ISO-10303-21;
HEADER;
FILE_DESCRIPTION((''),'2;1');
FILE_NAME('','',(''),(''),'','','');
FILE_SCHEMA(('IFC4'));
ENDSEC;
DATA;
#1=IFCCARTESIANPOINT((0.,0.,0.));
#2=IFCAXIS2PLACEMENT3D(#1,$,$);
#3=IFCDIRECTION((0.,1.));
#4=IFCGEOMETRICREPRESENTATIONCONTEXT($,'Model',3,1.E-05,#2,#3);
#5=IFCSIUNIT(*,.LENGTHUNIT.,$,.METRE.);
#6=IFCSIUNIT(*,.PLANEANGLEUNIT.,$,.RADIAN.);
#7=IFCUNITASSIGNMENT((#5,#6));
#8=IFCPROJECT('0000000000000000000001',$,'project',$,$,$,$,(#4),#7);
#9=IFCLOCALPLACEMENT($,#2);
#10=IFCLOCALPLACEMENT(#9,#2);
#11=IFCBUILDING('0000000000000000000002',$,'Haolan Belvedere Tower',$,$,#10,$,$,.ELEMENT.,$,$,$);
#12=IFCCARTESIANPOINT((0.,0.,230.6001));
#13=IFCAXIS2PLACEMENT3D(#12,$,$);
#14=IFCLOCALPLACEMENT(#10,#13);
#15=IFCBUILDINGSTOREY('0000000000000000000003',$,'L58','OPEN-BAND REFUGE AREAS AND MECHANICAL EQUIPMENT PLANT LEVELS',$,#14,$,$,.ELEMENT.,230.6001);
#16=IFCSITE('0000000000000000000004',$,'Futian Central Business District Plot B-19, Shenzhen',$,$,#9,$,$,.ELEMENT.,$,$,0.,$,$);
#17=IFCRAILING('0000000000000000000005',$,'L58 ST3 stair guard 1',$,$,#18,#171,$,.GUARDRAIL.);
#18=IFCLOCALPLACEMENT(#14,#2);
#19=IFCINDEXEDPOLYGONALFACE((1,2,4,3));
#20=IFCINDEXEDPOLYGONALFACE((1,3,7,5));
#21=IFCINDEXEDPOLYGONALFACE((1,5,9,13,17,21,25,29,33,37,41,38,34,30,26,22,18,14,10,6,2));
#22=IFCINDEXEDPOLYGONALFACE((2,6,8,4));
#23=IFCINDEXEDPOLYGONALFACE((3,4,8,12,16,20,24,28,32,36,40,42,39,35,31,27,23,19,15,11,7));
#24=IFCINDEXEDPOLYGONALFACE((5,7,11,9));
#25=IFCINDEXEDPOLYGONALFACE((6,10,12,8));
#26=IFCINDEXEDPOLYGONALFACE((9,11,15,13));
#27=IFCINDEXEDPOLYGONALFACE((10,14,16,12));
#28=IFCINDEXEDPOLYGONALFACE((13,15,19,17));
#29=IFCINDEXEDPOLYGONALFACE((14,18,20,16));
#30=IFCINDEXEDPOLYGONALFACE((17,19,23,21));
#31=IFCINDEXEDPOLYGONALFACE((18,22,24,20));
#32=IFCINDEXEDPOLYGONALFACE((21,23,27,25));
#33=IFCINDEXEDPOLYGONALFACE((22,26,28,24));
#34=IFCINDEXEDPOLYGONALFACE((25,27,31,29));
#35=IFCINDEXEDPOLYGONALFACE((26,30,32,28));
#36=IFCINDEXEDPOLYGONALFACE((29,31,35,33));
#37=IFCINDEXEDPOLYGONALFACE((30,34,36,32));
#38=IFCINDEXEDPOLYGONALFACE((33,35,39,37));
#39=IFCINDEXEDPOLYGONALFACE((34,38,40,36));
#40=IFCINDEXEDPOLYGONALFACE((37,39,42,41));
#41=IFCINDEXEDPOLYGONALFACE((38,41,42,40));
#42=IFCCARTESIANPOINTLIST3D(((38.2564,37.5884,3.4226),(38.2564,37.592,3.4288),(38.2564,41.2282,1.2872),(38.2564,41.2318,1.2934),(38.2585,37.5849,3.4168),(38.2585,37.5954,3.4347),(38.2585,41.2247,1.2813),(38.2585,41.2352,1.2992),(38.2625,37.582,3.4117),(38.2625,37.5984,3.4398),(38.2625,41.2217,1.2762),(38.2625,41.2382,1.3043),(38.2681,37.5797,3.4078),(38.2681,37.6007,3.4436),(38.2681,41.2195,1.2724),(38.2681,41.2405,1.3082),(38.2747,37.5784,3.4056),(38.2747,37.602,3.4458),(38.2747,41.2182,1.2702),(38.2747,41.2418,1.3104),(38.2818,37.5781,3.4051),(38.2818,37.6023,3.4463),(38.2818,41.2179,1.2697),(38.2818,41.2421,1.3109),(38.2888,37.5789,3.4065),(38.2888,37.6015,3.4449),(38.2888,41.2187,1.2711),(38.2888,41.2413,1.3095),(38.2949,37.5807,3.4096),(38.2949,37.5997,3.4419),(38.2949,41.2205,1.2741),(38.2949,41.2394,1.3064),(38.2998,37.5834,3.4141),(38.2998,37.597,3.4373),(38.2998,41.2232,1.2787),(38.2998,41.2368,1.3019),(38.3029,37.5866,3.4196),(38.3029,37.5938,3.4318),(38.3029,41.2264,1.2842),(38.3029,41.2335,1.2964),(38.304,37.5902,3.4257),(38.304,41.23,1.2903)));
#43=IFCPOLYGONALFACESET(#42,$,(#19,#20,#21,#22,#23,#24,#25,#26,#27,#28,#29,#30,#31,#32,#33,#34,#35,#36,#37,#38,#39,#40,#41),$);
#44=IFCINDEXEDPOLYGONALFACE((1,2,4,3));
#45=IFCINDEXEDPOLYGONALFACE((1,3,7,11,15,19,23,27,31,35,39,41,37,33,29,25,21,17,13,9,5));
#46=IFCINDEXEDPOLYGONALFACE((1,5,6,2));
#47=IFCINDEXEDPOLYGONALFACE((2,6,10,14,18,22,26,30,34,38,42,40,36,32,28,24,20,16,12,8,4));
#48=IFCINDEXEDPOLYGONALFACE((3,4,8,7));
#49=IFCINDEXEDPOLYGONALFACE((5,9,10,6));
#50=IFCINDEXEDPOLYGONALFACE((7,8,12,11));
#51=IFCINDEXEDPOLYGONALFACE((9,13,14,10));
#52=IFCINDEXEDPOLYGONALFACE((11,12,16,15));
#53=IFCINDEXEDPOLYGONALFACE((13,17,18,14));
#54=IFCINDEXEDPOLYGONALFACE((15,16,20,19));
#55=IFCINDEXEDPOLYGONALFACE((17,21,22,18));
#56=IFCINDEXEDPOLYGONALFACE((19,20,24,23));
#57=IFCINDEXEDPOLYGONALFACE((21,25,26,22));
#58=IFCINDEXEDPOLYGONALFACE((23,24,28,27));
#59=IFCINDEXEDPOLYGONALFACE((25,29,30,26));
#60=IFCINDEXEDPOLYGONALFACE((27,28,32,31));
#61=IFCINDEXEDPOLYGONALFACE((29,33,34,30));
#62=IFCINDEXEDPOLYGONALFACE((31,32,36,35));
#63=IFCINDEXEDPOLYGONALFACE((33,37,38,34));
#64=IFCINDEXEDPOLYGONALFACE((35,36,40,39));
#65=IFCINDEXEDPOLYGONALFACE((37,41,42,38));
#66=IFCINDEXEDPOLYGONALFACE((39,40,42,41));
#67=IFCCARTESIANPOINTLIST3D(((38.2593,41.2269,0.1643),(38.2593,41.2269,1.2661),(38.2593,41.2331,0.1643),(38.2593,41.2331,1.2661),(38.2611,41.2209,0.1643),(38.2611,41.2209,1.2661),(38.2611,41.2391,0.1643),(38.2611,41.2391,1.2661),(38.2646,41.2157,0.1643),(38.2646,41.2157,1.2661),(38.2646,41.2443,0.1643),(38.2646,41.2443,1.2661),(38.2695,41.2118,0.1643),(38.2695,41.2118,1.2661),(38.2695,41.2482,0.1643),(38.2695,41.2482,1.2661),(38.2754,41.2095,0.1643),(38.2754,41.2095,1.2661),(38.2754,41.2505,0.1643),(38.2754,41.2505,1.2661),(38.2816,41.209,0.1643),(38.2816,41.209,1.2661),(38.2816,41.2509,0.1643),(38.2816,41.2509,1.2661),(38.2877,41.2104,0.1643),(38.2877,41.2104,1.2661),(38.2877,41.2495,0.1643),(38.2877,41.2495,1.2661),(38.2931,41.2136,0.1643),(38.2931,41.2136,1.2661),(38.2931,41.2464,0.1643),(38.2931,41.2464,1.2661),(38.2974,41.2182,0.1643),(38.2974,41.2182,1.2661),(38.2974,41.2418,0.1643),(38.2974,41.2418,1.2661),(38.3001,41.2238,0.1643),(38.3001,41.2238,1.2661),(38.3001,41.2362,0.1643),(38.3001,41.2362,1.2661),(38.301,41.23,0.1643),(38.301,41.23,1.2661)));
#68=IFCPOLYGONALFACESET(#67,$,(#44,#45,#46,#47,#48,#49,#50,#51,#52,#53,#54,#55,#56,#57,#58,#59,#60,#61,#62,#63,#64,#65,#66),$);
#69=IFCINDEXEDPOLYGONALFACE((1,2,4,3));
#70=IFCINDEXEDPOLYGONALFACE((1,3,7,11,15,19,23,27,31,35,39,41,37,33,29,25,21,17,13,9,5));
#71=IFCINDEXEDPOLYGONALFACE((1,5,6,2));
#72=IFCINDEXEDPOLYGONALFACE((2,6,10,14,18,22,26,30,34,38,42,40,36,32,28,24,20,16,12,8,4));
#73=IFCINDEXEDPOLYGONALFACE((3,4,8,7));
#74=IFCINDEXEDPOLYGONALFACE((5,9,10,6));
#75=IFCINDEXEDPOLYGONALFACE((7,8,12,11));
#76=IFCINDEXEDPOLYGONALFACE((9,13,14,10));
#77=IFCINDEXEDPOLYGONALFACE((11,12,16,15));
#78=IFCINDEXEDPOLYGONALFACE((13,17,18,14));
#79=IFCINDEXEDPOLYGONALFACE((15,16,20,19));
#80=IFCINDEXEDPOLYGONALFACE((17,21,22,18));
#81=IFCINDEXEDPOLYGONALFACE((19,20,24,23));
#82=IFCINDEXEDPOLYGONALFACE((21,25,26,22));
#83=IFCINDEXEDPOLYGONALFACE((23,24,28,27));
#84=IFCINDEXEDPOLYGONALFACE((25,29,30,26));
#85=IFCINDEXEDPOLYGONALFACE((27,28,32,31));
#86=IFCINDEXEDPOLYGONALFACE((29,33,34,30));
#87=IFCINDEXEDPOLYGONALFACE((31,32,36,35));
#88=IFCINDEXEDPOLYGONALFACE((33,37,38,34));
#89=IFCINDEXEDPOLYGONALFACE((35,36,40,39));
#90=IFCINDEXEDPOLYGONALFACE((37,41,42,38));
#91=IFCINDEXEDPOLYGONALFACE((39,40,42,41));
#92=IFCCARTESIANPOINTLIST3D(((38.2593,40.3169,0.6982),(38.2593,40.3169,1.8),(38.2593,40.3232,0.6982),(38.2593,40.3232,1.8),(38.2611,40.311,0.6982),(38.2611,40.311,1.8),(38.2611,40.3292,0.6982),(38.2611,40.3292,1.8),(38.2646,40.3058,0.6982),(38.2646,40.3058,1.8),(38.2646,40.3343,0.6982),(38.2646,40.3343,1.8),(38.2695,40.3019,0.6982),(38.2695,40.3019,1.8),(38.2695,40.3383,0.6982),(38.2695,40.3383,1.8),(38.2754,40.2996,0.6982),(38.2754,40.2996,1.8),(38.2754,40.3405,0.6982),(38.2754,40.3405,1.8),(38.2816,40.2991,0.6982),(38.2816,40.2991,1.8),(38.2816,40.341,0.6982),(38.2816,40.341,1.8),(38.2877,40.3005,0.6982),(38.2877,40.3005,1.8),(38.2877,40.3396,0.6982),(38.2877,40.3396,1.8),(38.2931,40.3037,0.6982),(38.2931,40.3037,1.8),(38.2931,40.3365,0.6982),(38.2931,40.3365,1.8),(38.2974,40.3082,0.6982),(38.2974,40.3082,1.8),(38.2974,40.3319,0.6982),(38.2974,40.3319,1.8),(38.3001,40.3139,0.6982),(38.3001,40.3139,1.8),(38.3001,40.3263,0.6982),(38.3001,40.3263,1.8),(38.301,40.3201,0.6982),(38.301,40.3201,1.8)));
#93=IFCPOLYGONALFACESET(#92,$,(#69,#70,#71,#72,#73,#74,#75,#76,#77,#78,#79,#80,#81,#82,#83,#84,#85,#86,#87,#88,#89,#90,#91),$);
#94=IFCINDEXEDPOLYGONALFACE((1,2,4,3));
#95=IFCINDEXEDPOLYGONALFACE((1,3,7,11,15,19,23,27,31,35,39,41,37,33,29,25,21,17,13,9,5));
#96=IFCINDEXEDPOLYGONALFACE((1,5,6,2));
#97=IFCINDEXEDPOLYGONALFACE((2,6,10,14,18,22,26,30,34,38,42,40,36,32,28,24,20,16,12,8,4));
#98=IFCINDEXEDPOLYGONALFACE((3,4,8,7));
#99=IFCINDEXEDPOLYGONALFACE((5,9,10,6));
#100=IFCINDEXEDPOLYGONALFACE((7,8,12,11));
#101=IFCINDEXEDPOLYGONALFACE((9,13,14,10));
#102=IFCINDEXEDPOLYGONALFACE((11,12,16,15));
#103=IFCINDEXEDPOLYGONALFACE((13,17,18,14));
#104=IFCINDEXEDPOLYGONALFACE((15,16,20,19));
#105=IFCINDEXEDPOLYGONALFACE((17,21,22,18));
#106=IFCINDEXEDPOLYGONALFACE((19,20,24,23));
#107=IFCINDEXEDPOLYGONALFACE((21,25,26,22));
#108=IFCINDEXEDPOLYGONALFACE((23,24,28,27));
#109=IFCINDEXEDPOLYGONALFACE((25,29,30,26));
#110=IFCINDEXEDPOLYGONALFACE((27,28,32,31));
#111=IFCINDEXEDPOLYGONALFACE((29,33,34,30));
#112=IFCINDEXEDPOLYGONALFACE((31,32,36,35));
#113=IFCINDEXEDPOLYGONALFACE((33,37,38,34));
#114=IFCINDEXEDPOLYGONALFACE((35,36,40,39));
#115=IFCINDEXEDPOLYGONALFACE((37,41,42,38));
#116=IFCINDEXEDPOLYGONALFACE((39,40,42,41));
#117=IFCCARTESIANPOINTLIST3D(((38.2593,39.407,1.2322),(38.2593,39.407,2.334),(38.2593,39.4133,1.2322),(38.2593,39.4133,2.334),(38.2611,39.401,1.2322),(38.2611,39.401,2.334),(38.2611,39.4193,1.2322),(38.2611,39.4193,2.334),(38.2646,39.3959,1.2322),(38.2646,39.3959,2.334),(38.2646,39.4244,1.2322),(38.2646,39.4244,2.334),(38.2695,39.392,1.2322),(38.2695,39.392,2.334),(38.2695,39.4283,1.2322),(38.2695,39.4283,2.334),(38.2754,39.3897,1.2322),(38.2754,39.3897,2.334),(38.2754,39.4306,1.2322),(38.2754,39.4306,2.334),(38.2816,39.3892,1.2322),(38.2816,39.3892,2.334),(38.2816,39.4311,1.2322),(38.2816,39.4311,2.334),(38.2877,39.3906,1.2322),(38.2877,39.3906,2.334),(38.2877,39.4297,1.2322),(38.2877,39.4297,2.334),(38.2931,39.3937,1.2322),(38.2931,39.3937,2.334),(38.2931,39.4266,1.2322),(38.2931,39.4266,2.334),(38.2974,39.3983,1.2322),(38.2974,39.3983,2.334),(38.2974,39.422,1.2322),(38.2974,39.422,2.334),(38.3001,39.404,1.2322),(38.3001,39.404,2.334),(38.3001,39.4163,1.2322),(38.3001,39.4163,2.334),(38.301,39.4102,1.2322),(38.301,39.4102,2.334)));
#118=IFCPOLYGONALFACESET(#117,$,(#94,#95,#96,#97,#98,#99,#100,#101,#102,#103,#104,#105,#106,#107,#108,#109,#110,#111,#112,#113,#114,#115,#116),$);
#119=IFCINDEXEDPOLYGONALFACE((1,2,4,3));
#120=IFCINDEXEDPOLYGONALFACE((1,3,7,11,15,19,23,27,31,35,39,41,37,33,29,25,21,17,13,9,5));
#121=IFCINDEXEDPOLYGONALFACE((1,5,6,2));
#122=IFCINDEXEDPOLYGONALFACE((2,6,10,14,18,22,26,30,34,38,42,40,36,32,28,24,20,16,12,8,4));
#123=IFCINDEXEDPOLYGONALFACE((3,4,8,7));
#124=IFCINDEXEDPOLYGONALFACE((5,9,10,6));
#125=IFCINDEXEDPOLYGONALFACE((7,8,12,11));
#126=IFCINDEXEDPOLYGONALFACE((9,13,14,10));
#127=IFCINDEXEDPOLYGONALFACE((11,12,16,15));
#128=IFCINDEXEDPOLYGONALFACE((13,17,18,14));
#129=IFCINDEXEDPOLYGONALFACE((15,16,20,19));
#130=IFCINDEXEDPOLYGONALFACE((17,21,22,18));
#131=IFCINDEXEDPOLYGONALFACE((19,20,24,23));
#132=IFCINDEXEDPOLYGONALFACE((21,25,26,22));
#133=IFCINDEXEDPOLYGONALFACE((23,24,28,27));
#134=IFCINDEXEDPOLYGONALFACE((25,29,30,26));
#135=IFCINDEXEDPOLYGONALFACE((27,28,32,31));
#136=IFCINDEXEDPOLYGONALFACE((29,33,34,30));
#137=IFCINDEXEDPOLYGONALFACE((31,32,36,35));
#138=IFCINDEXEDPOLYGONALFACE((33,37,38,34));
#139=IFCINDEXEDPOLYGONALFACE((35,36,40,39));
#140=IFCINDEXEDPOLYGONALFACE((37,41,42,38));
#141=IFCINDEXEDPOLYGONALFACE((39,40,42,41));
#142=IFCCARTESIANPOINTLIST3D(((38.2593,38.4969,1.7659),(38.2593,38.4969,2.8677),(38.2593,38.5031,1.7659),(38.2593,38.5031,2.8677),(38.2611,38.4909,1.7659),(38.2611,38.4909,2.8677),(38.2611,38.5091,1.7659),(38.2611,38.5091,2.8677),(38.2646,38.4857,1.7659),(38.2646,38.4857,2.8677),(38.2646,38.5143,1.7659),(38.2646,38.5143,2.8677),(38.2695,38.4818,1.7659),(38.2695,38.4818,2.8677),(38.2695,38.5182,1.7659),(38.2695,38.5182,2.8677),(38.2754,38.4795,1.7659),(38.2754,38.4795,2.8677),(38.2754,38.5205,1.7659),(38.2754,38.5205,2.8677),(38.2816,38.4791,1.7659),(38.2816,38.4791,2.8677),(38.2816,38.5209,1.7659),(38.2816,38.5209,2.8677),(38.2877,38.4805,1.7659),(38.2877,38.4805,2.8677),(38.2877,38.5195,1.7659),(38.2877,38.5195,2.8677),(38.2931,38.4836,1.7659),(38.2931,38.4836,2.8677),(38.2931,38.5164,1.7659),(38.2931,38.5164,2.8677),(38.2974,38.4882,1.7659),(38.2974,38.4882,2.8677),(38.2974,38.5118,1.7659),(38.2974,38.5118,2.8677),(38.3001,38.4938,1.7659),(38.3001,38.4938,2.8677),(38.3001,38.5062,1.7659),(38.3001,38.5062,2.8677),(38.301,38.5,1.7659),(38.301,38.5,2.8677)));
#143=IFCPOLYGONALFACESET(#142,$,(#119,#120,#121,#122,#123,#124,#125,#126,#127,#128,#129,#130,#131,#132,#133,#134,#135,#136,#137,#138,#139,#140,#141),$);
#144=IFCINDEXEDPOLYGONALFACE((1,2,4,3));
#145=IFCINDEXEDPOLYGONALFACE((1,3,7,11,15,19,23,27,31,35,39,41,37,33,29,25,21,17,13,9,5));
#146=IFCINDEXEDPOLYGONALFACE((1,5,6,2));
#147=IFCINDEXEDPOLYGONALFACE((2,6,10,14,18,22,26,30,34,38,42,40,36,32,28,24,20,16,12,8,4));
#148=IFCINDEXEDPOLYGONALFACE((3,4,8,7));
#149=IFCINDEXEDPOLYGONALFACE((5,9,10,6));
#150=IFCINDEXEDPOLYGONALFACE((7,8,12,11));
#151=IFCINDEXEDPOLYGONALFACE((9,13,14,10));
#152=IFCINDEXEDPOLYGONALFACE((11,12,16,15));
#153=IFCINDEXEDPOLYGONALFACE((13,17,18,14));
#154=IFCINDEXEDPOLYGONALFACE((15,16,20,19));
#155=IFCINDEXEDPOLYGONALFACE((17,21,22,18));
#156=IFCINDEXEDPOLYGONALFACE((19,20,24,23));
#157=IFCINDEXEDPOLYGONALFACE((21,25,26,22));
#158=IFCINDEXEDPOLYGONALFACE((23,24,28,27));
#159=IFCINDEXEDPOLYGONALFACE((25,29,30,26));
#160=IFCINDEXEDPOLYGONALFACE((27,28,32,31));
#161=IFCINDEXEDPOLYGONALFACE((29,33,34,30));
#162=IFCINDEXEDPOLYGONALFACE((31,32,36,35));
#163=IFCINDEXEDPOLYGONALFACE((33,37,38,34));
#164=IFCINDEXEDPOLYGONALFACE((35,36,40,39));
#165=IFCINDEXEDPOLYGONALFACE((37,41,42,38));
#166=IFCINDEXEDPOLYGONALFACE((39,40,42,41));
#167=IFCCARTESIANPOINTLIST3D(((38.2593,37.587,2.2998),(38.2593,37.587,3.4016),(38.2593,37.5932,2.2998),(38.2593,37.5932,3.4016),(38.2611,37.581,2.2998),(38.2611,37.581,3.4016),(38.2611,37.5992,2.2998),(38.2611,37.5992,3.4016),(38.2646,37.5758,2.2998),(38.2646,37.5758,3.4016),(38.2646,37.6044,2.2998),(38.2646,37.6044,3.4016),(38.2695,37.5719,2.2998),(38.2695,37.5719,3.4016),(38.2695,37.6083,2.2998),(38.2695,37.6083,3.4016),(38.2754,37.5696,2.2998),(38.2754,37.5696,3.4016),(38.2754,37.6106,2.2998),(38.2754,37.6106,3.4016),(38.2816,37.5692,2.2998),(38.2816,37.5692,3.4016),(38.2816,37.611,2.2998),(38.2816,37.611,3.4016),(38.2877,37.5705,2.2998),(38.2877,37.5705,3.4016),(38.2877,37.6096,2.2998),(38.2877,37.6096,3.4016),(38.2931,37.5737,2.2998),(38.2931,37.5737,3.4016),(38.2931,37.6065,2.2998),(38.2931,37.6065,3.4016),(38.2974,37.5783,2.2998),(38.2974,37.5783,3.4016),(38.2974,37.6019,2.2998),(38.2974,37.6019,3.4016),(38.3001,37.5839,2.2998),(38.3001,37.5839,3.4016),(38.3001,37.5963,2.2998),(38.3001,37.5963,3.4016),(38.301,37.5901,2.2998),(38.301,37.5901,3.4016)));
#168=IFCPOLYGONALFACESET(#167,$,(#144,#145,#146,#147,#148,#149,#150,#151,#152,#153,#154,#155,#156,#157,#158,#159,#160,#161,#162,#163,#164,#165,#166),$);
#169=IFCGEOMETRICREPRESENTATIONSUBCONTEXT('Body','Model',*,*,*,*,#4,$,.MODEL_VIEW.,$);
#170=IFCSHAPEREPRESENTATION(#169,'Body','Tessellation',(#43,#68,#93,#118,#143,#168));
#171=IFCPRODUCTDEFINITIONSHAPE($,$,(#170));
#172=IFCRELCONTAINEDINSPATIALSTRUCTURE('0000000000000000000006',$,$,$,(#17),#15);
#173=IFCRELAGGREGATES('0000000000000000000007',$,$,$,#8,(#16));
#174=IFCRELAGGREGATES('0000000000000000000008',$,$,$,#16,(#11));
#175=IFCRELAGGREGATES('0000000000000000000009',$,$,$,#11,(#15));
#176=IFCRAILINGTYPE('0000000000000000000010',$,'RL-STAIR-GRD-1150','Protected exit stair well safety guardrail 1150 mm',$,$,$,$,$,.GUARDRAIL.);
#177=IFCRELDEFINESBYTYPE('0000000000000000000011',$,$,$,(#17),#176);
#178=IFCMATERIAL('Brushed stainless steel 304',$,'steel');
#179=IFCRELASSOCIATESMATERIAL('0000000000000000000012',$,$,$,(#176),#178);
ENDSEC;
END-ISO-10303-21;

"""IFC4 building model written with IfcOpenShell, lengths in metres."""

from ifc_helpers import new_model, si_unit, direction, frame, origin, origin_2d, place, context, subcontext, project, spatial, circle, extrude, material, type_object, element, save


model = new_model("IFC4")

# Units and contexts
model_context = context("Model", 3, precision=1e-05, world=origin(), true_north=direction((0.0, 1.0)))
body_context = subcontext(model_context, "Body", "Model", "MODEL_VIEW")
ifc_project = project(units=[si_unit("LENGTHUNIT", "METRE"), si_unit("PLANEANGLEUNIT", "RADIAN")], contexts=[model_context])

# Site, building, storey
site_placement = place(None, origin())
site = spatial("IfcSite", under=ifc_project, at=site_placement, Name="Futian Central Business District Plot B-19, Shenzhen", CompositionType="ELEMENT", RefElevation=0.0)
building_placement = place(site_placement, origin())
building = spatial("IfcBuilding", under=site, at=building_placement, Name="Haolan Belvedere Tower", CompositionType="ELEMENT")
storey_placement = place(building_placement, frame((0.0, 0.0, 230.6001)))
storey = spatial("IfcBuildingStorey", under=building, at=storey_placement, Name="L58", Description="OPEN-BAND REFUGE AREAS AND MECHANICAL EQUIPMENT PLANT LEVELS", CompositionType="ELEMENT", Elevation=230.6001)

# Railing
ifc_material_1 = material(Name="Brushed stainless steel 304", Category="steel")
railing_type_1 = type_object("IfcRailingType", Name="RL-STAIR-GRD-1150", Description="Protected exit stair well safety guardrail 1150 mm", PredefinedType="GUARDRAIL", material=ifc_material_1)
railing_1_placement = place(storey_placement, frame((38.28, 41.23, 0.1643)))
element("IfcRailing", 1, at=railing_1_placement, inside=storey, type_object=railing_type_1, Name="L58 ST3 stair guard 1", PredefinedType="GUARDRAIL", context=body_context, shape_type="SweptSolid", body=[
    extrude(circle(Radius=0.0239, at=origin_2d()), frame((0.0, 0.0, 1.126), z_axis=(0.0, -0.862515, 0.506031), x_axis=(1.0, 0.0, 0.0)), (0.0, 0.0, 1.0), 4.22),
    extrude(circle(Radius=0.021, at=origin_2d()), origin(), (0.0, 0.0, 1.0), 1.1018),
    extrude(circle(Radius=0.021, at=origin_2d()), frame((0.0, -0.9099, 0.5339)), (0.0, 0.0, 1.0), 1.1018),
    extrude(circle(Radius=0.021, at=origin_2d()), frame((0.0, -1.8198, 1.0679)), (0.0, 0.0, 1.0), 1.1018),
    extrude(circle(Radius=0.021, at=origin_2d()), frame((0.0, -2.73, 1.6016)), (0.0, 0.0, 1.0), 1.1018),
    extrude(circle(Radius=0.021, at=origin_2d()), frame((0.0, -3.6399, 2.1355)), (0.0, 0.0, 1.0), 1.1018),
])

save(model, "model.ifc")
